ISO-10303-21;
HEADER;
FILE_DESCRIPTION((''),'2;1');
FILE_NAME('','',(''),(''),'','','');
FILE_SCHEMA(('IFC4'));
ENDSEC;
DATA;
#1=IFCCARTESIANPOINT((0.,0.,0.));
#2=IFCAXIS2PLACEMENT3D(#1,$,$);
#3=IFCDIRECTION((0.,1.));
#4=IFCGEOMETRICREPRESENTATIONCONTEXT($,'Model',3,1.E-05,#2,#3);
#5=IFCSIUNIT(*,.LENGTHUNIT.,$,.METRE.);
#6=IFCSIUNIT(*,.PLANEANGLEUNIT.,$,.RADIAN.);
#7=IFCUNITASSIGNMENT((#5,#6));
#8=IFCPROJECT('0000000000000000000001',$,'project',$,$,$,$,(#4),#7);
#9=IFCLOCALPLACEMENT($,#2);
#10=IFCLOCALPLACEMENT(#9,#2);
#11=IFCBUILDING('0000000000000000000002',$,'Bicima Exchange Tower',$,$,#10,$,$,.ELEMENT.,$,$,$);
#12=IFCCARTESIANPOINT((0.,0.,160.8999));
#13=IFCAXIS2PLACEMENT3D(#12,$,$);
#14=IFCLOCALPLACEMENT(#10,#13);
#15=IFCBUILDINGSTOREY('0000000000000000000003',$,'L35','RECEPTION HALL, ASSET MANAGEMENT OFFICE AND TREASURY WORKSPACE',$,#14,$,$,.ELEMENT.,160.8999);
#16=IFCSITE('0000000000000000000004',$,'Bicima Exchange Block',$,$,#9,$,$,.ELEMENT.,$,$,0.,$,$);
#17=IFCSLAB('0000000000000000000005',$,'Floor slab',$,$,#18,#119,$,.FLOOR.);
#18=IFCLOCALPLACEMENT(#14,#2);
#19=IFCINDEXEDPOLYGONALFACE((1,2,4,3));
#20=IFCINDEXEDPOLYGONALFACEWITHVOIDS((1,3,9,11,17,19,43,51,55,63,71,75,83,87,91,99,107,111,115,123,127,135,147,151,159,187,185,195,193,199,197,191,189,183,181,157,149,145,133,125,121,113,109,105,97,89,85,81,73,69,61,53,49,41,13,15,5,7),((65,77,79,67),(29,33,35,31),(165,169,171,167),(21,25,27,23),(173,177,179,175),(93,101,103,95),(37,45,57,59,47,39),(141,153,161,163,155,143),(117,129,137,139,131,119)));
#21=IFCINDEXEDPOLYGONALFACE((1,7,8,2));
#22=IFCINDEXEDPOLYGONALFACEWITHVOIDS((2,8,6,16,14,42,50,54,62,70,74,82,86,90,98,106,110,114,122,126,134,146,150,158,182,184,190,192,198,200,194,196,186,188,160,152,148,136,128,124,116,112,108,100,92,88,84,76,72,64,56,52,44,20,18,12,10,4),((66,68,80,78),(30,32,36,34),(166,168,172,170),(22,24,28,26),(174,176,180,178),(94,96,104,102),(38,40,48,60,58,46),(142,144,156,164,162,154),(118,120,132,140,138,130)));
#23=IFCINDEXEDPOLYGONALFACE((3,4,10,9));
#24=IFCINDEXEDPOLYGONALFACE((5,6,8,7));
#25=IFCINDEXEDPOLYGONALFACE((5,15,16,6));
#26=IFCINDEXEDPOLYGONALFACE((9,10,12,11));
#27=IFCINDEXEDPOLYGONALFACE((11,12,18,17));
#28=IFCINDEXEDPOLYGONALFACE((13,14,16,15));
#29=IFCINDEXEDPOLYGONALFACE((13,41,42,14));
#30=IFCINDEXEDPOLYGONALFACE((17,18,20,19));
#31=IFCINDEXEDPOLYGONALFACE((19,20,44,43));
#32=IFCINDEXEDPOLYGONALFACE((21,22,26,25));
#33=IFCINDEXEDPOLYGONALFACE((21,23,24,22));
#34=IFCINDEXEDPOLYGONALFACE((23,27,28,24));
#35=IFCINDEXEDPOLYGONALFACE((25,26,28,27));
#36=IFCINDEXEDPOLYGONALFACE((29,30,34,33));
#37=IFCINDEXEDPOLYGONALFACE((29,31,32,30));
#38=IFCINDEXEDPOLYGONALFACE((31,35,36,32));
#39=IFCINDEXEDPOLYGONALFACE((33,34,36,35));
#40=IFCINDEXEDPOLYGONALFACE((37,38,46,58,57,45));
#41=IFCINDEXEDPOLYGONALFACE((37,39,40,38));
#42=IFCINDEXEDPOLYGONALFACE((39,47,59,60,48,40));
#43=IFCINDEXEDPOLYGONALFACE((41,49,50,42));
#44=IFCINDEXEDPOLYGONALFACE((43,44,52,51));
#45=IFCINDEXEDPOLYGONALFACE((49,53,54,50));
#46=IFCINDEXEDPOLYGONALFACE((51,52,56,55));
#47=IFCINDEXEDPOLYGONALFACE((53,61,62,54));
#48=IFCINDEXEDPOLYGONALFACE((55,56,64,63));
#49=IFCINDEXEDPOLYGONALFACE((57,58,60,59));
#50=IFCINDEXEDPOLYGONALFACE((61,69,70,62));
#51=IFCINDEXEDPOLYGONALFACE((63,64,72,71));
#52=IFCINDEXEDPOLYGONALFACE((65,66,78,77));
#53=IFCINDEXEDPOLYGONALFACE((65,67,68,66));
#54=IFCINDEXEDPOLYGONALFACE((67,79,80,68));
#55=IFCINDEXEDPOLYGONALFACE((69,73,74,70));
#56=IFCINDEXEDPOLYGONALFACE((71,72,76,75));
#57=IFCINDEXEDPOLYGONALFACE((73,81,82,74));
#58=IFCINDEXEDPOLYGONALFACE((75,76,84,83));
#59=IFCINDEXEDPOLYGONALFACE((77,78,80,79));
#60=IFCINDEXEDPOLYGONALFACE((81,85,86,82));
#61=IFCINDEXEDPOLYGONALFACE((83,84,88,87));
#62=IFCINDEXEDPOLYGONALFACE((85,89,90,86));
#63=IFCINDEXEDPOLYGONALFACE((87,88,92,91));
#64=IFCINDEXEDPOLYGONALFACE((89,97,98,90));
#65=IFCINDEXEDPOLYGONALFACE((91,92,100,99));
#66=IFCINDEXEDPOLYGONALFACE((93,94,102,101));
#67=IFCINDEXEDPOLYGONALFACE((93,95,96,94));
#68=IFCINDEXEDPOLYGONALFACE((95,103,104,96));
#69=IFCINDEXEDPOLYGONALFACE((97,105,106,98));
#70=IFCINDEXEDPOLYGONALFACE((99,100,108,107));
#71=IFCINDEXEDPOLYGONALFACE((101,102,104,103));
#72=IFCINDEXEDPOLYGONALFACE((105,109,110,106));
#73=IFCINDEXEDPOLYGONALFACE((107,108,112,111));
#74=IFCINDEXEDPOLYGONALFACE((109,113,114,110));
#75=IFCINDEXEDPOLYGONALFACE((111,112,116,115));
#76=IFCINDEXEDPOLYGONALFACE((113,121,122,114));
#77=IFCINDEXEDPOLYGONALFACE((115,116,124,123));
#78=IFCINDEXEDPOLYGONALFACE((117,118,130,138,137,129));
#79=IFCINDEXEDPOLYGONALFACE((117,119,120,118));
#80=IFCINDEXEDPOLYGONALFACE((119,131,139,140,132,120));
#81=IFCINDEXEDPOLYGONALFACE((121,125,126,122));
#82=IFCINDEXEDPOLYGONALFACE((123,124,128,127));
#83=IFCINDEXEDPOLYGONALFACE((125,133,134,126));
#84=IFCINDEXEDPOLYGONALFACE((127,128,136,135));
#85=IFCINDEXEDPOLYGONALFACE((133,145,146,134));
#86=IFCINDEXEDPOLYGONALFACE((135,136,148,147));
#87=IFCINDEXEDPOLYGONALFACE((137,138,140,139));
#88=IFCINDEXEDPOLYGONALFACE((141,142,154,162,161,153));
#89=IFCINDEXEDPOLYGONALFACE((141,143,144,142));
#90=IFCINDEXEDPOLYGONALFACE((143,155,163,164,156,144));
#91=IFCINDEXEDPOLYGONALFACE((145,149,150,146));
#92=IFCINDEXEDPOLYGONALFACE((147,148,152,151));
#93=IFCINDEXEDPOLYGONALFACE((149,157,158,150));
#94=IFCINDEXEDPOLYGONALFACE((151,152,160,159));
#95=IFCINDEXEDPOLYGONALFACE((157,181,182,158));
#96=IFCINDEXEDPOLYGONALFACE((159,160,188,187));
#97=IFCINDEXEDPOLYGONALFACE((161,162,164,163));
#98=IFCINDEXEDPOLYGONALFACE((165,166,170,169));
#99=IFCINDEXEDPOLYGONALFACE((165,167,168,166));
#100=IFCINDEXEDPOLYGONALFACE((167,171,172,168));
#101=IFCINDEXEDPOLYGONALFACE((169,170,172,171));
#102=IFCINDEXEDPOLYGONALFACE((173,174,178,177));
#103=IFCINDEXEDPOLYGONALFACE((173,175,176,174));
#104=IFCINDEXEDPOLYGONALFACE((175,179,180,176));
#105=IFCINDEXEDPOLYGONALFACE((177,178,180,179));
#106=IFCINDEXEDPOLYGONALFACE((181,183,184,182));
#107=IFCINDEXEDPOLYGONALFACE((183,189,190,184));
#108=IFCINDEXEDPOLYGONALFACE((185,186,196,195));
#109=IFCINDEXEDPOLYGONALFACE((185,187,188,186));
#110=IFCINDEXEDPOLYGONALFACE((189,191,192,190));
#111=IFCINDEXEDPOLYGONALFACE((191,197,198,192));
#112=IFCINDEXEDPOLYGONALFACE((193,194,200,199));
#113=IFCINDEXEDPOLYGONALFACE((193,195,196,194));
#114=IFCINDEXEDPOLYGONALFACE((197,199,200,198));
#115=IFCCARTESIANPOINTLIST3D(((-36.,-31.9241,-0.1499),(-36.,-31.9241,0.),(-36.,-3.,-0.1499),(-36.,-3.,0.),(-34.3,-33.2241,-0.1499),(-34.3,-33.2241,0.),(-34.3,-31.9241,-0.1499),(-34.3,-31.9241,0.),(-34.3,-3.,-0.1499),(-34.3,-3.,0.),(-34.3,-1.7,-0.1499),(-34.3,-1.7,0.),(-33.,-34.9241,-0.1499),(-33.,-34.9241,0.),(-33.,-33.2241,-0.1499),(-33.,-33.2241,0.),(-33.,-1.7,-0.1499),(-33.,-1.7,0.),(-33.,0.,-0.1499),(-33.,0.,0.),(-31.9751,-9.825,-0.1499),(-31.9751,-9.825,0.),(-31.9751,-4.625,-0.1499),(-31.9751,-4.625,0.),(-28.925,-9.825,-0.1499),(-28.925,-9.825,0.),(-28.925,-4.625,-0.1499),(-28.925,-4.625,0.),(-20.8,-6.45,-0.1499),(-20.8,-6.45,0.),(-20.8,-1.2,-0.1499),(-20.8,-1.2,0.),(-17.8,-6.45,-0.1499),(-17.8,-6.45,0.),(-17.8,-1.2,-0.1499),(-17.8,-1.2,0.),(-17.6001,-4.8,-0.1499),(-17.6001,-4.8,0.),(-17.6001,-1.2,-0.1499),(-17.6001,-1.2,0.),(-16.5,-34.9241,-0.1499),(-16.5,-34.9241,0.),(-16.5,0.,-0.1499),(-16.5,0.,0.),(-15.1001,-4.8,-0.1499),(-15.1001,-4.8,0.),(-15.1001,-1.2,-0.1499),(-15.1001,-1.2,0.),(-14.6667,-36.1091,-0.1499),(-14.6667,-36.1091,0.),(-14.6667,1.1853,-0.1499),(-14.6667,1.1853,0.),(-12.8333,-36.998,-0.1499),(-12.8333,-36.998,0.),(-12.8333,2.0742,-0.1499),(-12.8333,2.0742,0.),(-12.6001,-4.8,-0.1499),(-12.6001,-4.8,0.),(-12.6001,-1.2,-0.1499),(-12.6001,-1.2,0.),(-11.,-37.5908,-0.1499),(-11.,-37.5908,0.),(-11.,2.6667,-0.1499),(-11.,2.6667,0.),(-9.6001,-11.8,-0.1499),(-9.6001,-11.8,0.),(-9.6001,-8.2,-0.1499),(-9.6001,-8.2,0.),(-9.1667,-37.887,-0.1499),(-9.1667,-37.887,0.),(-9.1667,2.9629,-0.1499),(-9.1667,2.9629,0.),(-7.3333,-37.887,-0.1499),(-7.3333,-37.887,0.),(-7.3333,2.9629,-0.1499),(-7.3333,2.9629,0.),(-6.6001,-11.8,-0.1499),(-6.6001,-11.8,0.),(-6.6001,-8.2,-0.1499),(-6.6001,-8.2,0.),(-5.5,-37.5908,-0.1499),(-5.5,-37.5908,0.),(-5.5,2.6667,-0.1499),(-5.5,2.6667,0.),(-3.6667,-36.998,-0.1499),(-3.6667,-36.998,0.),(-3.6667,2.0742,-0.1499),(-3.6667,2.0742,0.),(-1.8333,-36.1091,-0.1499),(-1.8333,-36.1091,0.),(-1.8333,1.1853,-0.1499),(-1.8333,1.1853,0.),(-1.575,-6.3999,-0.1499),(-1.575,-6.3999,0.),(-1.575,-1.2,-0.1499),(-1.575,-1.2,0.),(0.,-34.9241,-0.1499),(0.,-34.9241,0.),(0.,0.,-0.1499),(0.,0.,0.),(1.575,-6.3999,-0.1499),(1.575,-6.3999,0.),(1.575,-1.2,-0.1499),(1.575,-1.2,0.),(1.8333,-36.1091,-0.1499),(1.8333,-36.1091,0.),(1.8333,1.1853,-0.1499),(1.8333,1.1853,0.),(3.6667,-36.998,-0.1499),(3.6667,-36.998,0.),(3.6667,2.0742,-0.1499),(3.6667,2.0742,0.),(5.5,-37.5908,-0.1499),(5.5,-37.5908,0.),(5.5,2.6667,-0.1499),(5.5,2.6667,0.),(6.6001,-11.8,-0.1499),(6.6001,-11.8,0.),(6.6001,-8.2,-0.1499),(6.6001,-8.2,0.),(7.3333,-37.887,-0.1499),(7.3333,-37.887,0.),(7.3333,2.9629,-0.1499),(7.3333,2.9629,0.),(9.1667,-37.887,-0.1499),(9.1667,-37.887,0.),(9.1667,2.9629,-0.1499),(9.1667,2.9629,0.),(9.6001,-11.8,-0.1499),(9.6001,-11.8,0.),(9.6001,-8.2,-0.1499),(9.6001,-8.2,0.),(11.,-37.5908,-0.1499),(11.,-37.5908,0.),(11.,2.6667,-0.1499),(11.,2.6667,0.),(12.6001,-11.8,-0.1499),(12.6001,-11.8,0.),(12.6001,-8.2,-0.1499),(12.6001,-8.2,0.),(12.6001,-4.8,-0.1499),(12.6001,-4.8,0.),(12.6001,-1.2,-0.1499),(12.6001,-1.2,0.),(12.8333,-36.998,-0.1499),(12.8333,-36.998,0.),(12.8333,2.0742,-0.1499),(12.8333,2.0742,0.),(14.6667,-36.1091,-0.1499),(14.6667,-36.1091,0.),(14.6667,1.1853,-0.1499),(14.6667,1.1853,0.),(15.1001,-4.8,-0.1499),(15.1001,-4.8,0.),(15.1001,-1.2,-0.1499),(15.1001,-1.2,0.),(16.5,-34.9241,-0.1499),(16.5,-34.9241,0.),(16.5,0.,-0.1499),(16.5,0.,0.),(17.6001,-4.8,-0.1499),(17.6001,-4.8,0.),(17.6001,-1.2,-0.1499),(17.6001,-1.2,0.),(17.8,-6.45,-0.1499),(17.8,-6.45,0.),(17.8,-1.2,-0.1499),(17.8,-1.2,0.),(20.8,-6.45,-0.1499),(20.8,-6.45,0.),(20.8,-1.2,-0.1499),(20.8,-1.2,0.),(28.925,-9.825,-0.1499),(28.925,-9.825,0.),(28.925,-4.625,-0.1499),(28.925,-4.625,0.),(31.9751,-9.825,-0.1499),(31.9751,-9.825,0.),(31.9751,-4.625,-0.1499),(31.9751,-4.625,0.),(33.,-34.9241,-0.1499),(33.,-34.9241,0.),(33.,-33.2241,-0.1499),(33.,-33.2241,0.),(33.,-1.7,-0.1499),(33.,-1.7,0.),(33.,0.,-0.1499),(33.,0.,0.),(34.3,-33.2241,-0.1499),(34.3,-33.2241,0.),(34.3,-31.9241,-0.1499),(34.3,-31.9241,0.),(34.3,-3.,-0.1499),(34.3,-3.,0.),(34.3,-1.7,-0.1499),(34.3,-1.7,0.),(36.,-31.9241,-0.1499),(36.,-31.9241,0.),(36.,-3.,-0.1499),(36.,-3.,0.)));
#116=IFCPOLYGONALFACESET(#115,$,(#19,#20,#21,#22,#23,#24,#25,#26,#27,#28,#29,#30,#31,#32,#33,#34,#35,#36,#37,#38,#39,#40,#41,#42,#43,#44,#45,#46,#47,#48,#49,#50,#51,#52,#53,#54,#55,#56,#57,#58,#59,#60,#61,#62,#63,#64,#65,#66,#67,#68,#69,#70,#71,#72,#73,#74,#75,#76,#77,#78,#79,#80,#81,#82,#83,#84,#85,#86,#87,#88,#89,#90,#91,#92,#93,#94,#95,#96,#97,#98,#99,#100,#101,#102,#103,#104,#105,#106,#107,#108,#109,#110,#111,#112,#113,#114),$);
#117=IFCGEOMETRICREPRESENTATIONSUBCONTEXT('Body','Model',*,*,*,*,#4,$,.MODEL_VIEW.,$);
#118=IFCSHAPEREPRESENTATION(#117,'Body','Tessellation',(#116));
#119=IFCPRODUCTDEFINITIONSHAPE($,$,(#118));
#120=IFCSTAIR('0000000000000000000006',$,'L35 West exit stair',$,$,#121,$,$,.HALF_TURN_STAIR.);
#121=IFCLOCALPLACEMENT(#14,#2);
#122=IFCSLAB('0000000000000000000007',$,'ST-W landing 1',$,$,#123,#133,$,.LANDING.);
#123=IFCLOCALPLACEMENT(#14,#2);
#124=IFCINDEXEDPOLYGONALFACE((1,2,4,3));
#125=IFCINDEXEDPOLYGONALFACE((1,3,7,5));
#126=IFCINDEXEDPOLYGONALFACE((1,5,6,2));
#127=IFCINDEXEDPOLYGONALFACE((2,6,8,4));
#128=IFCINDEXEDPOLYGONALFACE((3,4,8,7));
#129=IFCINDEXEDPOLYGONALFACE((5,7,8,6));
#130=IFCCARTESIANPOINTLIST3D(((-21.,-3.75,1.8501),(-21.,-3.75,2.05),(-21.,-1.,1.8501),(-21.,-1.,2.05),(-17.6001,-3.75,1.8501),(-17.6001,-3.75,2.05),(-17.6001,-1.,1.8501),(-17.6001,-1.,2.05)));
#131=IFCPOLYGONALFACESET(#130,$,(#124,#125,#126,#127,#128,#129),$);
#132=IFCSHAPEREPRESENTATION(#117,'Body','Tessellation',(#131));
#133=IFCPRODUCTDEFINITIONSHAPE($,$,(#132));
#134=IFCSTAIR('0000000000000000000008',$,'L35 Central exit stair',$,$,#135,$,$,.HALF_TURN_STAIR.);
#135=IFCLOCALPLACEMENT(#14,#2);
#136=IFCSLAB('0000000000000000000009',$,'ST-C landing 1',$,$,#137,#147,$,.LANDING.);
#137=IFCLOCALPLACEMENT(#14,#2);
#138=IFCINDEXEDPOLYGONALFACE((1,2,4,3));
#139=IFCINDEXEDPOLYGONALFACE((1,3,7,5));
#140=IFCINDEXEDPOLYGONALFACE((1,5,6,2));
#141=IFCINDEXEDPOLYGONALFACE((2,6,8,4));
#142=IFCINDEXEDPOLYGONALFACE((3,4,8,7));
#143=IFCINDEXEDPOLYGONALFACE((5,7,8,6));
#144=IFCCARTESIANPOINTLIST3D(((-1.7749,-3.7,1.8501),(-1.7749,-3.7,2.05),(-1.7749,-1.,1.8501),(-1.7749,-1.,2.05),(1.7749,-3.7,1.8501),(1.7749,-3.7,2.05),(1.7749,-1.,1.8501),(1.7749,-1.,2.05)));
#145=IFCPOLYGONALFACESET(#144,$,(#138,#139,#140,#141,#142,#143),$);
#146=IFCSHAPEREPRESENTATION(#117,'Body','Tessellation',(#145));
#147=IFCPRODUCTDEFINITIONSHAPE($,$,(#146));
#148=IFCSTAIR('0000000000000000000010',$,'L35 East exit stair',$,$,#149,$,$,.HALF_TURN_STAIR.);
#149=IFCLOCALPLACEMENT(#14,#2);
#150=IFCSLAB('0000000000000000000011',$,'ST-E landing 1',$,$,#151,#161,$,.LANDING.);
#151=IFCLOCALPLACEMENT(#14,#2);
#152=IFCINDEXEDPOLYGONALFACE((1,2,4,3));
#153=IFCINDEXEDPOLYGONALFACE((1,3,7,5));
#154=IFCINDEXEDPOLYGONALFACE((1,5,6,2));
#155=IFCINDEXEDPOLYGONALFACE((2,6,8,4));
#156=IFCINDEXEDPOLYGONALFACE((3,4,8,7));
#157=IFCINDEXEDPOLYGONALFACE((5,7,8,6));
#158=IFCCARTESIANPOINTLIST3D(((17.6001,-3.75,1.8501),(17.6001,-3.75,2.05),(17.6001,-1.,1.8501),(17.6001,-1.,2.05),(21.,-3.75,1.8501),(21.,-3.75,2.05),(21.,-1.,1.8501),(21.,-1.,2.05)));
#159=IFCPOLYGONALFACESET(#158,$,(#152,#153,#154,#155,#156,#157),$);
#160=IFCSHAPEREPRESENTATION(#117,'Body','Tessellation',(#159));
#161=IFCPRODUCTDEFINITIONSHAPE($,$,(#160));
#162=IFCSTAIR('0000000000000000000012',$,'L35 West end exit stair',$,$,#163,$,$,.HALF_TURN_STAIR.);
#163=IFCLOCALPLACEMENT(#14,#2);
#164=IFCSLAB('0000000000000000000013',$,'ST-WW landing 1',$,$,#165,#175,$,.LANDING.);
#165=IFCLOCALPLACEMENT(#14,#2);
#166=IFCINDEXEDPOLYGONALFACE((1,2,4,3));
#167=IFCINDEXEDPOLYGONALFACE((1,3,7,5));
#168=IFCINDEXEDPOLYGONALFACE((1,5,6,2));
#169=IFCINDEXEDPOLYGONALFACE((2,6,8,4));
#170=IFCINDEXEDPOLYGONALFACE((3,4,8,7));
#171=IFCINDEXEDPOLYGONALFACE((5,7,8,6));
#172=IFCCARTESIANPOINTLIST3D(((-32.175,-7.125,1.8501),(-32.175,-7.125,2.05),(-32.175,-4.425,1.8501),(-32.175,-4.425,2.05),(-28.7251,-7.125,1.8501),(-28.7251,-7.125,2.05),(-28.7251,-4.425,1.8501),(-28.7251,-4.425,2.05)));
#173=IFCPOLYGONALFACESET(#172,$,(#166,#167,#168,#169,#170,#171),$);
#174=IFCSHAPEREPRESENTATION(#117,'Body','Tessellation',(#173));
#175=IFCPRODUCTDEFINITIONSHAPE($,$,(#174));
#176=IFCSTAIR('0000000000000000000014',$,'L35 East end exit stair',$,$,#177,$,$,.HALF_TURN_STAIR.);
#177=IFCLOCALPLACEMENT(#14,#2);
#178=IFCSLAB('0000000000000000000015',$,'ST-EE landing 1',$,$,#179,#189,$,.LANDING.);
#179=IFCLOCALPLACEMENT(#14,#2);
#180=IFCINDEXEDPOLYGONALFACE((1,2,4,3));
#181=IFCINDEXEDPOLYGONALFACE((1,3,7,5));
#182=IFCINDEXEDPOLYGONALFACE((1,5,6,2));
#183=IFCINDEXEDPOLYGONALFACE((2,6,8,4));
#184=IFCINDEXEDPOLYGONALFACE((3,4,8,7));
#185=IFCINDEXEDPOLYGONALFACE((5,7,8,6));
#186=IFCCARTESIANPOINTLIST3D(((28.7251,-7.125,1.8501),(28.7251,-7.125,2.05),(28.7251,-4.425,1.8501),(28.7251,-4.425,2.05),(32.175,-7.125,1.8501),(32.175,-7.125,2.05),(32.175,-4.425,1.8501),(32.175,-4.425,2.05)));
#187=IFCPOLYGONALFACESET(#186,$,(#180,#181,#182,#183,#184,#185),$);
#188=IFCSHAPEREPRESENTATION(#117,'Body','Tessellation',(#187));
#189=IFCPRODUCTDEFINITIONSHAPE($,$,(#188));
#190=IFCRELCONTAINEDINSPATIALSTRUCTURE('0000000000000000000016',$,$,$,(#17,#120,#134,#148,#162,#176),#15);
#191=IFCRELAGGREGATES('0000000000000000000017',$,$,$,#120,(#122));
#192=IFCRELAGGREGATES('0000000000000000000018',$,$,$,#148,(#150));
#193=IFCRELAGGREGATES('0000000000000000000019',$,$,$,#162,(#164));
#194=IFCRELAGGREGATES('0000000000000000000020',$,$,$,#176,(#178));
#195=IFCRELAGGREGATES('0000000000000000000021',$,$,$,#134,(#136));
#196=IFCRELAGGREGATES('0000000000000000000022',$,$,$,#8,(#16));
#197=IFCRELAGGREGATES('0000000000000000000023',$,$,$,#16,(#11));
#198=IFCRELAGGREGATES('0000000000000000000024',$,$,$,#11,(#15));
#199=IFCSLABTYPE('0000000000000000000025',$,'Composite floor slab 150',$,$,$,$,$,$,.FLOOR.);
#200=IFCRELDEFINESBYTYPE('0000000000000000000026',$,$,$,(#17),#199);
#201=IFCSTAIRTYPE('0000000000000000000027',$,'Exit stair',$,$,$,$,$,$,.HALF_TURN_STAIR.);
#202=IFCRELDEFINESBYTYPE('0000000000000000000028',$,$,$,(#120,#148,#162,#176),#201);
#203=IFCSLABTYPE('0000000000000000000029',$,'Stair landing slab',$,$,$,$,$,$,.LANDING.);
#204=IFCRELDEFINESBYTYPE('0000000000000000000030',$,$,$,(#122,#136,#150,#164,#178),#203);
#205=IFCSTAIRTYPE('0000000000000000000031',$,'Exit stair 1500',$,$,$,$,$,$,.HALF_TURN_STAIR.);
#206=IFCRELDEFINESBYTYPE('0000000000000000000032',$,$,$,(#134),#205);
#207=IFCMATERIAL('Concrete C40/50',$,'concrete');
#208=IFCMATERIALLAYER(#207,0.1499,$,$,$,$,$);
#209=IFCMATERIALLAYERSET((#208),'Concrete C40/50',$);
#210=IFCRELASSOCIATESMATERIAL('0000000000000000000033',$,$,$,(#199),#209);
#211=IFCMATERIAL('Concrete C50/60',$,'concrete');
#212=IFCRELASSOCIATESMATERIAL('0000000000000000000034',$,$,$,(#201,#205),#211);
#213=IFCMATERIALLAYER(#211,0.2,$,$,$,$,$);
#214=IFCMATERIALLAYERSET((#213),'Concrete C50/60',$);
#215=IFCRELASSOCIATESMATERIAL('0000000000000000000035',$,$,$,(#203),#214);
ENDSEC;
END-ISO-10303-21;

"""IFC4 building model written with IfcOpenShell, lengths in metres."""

from ifc_helpers import new_model, si_unit, direction, frame, origin, place, context, subcontext, project, spatial, polyline, outline, extrude, material, layer, layer_set, type_object, element, aggregate, save


model = new_model("IFC4")

# Units and contexts
model_context = context("Model", 3, precision=1e-05, world=origin(), true_north=direction((0.0, 1.0)))
body_context = subcontext(model_context, "Body", "Model", "MODEL_VIEW")
ifc_project = project(units=[si_unit("LENGTHUNIT", "METRE"), si_unit("PLANEANGLEUNIT", "RADIAN")], contexts=[model_context])

# Site, building, storey
site_placement = place(None, origin())
site = spatial("IfcSite", under=ifc_project, at=site_placement, Name="Bicima Exchange Block", CompositionType="ELEMENT", RefElevation=0.0)
building_placement = place(site_placement, origin())
building = spatial("IfcBuilding", under=site, at=building_placement, Name="Bicima Exchange Tower", CompositionType="ELEMENT")
storey_placement = place(building_placement, frame((0.0, 0.0, 160.8999)))
storey = spatial("IfcBuildingStorey", under=building, at=storey_placement, Name="L35", Description="RECEPTION HALL, ASSET MANAGEMENT OFFICE AND TREASURY WORKSPACE", CompositionType="ELEMENT", Elevation=160.8999)

# Slab
ifc_material_1 = material(Name="Concrete C40/50", Category="concrete")
ifc_layer_1 = layer(ifc_material_1, 0.1499)
ifc_layer_set_1 = layer_set([ifc_layer_1], Name="Concrete C40/50")
slab_type_1 = type_object("IfcSlabType", Name="Composite floor slab 150", PredefinedType="FLOOR", material=ifc_layer_set_1)
slab_1_placement = place(storey_placement, frame((0.0, 0.0, -0.1499)))
element("IfcSlab", 1, at=slab_1_placement, inside=storey, type_object=slab_type_1, Name="Floor slab", PredefinedType="FLOOR", context=body_context, shape_type="SweptSolid", body=[
    extrude(outline(polyline([(-36.0, -31.9241), (-36.0, -3.0), (-34.3, -3.0), (-34.3, -1.7), (-33.0, -1.7), (-33.0, 0.0), (-16.5, 0.0), (-14.6667, 1.1853), (-12.8333, 2.0742), (-11.0, 2.6667), (-9.1667, 2.9629), (-7.3333, 2.9629), (-5.5, 2.6667), (-3.6667, 2.0742), (-1.8333, 1.1853), (0.0, 0.0), (1.8333, 1.1853), (3.6667, 2.0742), (5.5, 2.6667), (7.3333, 2.9629), (9.1667, 2.9629), (11.0, 2.6667), (12.8333, 2.0742), (14.6667, 1.1853), (16.5, 0.0), (33.0, 0.0), (33.0, -1.7), (34.3, -1.7), (34.3, -3.0), (36.0, -3.0), (36.0, -31.9241), (34.3, -31.9241), (34.3, -33.2241), (33.0, -33.2241), (33.0, -34.9241), (16.5, -34.9241), (14.6667, -36.1091), (12.8333, -36.998), (11.0, -37.5908), (9.1667, -37.887), (7.3333, -37.887), (5.5, -37.5908), (3.6667, -36.998), (1.8333, -36.1091), (0.0, -34.9241), (-1.8333, -36.1091), (-3.6667, -36.998), (-5.5, -37.5908), (-7.3333, -37.887), (-9.1667, -37.887), (-11.0, -37.5908), (-12.8333, -36.998), (-14.6667, -36.1091), (-16.5, -34.9241), (-33.0, -34.9241), (-33.0, -33.2241), (-34.3, -33.2241), (-34.3, -31.9241), (-36.0, -31.9241)]), holes=[polyline([(-6.6001, -11.8), (-6.6001, -8.2), (-9.6001, -8.2), (-9.6001, -11.8), (-6.6001, -11.8)]), polyline([(-31.9751, -9.825), (-28.925, -9.825), (-28.925, -4.625), (-31.9751, -4.625), (-31.9751, -9.825)]), polyline([(-20.8, -6.45), (-17.8, -6.45), (-17.8, -1.2), (-20.8, -1.2), (-20.8, -6.45)]), polyline([(1.575, -6.3999), (1.575, -1.2), (-1.575, -1.2), (-1.575, -6.3999), (1.575, -6.3999)]), polyline([(-12.6001, -4.8), (-12.6001, -1.2), (-15.1001, -1.2), (-17.6001, -1.2), (-17.6001, -4.8), (-15.1001, -4.8), (-12.6001, -4.8)]), polyline([(12.6001, -8.2), (9.6001, -8.2), (6.6001, -8.2), (6.6001, -11.8), (9.6001, -11.8), (12.6001, -11.8), (12.6001, -8.2)]), polyline([(28.925, -9.825), (31.9751, -9.825), (31.9751, -4.625), (28.925, -4.625), (28.925, -9.825)]), polyline([(20.8, -6.45), (20.8, -1.2), (17.8, -1.2), (17.8, -6.45), (20.8, -6.45)]), polyline([(17.6001, -4.8), (17.6001, -1.2), (15.1001, -1.2), (12.6001, -1.2), (12.6001, -4.8), (15.1001, -4.8), (17.6001, -4.8)])]), origin(), (0.0, 0.0, 1.0), 0.1499),
])

# Stairs, slabs
ifc_material_2 = material(Name="Concrete C50/60", Category="concrete")
stair_type_1 = type_object("IfcStairType", Name="Exit stair", PredefinedType="HALF_TURN_STAIR", material=ifc_material_2)
stair_1_placement = place(storey_placement, origin())
stair_1 = element("IfcStair", 2, at=stair_1_placement, inside=storey, type_object=stair_type_1, Name="L35 West exit stair", PredefinedType="HALF_TURN_STAIR")
ifc_layer_2 = layer(ifc_material_2, 0.2)
ifc_layer_set_2 = layer_set([ifc_layer_2], Name="Concrete C50/60")
slab_type_2 = type_object("IfcSlabType", Name="Stair landing slab", PredefinedType="LANDING", material=ifc_layer_set_2)
slab_2_placement = place(storey_placement, frame((0.0, 0.0, 1.8501)))
slab_2 = element("IfcSlab", 3, at=slab_2_placement, type_object=slab_type_2, Name="ST-W landing 1", PredefinedType="LANDING", context=body_context, shape_type="SweptSolid", body=[
    extrude(outline(polyline([(-17.6001, -3.75), (-17.6001, -1.0), (-21.0, -1.0), (-21.0, -3.75), (-17.6001, -3.75)])), origin(), (0.0, 0.0, 1.0), 0.2),
])
aggregate(stair_1, [slab_2])
stair_type_2 = type_object("IfcStairType", Name="Exit stair 1500", PredefinedType="HALF_TURN_STAIR", material=ifc_material_2)
stair_2_placement = place(storey_placement, origin())
stair_2 = element("IfcStair", 4, at=stair_2_placement, inside=storey, type_object=stair_type_2, Name="L35 Central exit stair", PredefinedType="HALF_TURN_STAIR")
slab_3_placement = place(storey_placement, frame((0.0, 0.0, 1.8501)))
slab_3 = element("IfcSlab", 5, at=slab_3_placement, type_object=slab_type_2, Name="ST-C landing 1", PredefinedType="LANDING", context=body_context, shape_type="SweptSolid", body=[
    extrude(outline(polyline([(1.7749, -3.7), (1.7749, -1.0), (-1.7749, -1.0), (-1.7749, -3.7), (1.7749, -3.7)])), origin(), (0.0, 0.0, 1.0), 0.2),
])
stair_3_placement = place(storey_placement, origin())
stair_3 = element("IfcStair", 6, at=stair_3_placement, inside=storey, type_object=stair_type_1, Name="L35 East exit stair", PredefinedType="HALF_TURN_STAIR")
slab_4_placement = place(storey_placement, frame((0.0, 0.0, 1.8501)))
slab_4 = element("IfcSlab", 7, at=slab_4_placement, type_object=slab_type_2, Name="ST-E landing 1", PredefinedType="LANDING", context=body_context, shape_type="SweptSolid", body=[
    extrude(outline(polyline([(21.0, -3.75), (21.0, -1.0), (17.6001, -1.0), (17.6001, -3.75), (21.0, -3.75)])), origin(), (0.0, 0.0, 1.0), 0.2),
])
aggregate(stair_3, [slab_4])
stair_4_placement = place(storey_placement, origin())
stair_4 = element("IfcStair", 8, at=stair_4_placement, inside=storey, type_object=stair_type_1, Name="L35 West end exit stair", PredefinedType="HALF_TURN_STAIR")
slab_5_placement = place(storey_placement, frame((0.0, 0.0, 1.8501)))
slab_5 = element("IfcSlab", 9, at=slab_5_placement, type_object=slab_type_2, Name="ST-WW landing 1", PredefinedType="LANDING", context=body_context, shape_type="SweptSolid", body=[
    extrude(outline(polyline([(-28.7251, -7.125), (-28.7251, -4.425), (-32.175, -4.425), (-32.175, -7.125), (-28.7251, -7.125)])), origin(), (0.0, 0.0, 1.0), 0.2),
])
aggregate(stair_4, [slab_5])
stair_5_placement = place(storey_placement, origin())
stair_5 = element("IfcStair", 10, at=stair_5_placement, inside=storey, type_object=stair_type_1, Name="L35 East end exit stair", PredefinedType="HALF_TURN_STAIR")
slab_6_placement = place(storey_placement, frame((0.0, 0.0, 1.8501)))
slab_6 = element("IfcSlab", 11, at=slab_6_placement, type_object=slab_type_2, Name="ST-EE landing 1", PredefinedType="LANDING", context=body_context, shape_type="SweptSolid", body=[
    extrude(outline(polyline([(32.175, -7.125), (32.175, -4.425), (28.7251, -4.425), (28.7251, -7.125), (32.175, -7.125)])), origin(), (0.0, 0.0, 1.0), 0.2),
])
aggregate(stair_5, [slab_6])

aggregate(stair_2, [slab_3])

save(model, "model.ifc")
